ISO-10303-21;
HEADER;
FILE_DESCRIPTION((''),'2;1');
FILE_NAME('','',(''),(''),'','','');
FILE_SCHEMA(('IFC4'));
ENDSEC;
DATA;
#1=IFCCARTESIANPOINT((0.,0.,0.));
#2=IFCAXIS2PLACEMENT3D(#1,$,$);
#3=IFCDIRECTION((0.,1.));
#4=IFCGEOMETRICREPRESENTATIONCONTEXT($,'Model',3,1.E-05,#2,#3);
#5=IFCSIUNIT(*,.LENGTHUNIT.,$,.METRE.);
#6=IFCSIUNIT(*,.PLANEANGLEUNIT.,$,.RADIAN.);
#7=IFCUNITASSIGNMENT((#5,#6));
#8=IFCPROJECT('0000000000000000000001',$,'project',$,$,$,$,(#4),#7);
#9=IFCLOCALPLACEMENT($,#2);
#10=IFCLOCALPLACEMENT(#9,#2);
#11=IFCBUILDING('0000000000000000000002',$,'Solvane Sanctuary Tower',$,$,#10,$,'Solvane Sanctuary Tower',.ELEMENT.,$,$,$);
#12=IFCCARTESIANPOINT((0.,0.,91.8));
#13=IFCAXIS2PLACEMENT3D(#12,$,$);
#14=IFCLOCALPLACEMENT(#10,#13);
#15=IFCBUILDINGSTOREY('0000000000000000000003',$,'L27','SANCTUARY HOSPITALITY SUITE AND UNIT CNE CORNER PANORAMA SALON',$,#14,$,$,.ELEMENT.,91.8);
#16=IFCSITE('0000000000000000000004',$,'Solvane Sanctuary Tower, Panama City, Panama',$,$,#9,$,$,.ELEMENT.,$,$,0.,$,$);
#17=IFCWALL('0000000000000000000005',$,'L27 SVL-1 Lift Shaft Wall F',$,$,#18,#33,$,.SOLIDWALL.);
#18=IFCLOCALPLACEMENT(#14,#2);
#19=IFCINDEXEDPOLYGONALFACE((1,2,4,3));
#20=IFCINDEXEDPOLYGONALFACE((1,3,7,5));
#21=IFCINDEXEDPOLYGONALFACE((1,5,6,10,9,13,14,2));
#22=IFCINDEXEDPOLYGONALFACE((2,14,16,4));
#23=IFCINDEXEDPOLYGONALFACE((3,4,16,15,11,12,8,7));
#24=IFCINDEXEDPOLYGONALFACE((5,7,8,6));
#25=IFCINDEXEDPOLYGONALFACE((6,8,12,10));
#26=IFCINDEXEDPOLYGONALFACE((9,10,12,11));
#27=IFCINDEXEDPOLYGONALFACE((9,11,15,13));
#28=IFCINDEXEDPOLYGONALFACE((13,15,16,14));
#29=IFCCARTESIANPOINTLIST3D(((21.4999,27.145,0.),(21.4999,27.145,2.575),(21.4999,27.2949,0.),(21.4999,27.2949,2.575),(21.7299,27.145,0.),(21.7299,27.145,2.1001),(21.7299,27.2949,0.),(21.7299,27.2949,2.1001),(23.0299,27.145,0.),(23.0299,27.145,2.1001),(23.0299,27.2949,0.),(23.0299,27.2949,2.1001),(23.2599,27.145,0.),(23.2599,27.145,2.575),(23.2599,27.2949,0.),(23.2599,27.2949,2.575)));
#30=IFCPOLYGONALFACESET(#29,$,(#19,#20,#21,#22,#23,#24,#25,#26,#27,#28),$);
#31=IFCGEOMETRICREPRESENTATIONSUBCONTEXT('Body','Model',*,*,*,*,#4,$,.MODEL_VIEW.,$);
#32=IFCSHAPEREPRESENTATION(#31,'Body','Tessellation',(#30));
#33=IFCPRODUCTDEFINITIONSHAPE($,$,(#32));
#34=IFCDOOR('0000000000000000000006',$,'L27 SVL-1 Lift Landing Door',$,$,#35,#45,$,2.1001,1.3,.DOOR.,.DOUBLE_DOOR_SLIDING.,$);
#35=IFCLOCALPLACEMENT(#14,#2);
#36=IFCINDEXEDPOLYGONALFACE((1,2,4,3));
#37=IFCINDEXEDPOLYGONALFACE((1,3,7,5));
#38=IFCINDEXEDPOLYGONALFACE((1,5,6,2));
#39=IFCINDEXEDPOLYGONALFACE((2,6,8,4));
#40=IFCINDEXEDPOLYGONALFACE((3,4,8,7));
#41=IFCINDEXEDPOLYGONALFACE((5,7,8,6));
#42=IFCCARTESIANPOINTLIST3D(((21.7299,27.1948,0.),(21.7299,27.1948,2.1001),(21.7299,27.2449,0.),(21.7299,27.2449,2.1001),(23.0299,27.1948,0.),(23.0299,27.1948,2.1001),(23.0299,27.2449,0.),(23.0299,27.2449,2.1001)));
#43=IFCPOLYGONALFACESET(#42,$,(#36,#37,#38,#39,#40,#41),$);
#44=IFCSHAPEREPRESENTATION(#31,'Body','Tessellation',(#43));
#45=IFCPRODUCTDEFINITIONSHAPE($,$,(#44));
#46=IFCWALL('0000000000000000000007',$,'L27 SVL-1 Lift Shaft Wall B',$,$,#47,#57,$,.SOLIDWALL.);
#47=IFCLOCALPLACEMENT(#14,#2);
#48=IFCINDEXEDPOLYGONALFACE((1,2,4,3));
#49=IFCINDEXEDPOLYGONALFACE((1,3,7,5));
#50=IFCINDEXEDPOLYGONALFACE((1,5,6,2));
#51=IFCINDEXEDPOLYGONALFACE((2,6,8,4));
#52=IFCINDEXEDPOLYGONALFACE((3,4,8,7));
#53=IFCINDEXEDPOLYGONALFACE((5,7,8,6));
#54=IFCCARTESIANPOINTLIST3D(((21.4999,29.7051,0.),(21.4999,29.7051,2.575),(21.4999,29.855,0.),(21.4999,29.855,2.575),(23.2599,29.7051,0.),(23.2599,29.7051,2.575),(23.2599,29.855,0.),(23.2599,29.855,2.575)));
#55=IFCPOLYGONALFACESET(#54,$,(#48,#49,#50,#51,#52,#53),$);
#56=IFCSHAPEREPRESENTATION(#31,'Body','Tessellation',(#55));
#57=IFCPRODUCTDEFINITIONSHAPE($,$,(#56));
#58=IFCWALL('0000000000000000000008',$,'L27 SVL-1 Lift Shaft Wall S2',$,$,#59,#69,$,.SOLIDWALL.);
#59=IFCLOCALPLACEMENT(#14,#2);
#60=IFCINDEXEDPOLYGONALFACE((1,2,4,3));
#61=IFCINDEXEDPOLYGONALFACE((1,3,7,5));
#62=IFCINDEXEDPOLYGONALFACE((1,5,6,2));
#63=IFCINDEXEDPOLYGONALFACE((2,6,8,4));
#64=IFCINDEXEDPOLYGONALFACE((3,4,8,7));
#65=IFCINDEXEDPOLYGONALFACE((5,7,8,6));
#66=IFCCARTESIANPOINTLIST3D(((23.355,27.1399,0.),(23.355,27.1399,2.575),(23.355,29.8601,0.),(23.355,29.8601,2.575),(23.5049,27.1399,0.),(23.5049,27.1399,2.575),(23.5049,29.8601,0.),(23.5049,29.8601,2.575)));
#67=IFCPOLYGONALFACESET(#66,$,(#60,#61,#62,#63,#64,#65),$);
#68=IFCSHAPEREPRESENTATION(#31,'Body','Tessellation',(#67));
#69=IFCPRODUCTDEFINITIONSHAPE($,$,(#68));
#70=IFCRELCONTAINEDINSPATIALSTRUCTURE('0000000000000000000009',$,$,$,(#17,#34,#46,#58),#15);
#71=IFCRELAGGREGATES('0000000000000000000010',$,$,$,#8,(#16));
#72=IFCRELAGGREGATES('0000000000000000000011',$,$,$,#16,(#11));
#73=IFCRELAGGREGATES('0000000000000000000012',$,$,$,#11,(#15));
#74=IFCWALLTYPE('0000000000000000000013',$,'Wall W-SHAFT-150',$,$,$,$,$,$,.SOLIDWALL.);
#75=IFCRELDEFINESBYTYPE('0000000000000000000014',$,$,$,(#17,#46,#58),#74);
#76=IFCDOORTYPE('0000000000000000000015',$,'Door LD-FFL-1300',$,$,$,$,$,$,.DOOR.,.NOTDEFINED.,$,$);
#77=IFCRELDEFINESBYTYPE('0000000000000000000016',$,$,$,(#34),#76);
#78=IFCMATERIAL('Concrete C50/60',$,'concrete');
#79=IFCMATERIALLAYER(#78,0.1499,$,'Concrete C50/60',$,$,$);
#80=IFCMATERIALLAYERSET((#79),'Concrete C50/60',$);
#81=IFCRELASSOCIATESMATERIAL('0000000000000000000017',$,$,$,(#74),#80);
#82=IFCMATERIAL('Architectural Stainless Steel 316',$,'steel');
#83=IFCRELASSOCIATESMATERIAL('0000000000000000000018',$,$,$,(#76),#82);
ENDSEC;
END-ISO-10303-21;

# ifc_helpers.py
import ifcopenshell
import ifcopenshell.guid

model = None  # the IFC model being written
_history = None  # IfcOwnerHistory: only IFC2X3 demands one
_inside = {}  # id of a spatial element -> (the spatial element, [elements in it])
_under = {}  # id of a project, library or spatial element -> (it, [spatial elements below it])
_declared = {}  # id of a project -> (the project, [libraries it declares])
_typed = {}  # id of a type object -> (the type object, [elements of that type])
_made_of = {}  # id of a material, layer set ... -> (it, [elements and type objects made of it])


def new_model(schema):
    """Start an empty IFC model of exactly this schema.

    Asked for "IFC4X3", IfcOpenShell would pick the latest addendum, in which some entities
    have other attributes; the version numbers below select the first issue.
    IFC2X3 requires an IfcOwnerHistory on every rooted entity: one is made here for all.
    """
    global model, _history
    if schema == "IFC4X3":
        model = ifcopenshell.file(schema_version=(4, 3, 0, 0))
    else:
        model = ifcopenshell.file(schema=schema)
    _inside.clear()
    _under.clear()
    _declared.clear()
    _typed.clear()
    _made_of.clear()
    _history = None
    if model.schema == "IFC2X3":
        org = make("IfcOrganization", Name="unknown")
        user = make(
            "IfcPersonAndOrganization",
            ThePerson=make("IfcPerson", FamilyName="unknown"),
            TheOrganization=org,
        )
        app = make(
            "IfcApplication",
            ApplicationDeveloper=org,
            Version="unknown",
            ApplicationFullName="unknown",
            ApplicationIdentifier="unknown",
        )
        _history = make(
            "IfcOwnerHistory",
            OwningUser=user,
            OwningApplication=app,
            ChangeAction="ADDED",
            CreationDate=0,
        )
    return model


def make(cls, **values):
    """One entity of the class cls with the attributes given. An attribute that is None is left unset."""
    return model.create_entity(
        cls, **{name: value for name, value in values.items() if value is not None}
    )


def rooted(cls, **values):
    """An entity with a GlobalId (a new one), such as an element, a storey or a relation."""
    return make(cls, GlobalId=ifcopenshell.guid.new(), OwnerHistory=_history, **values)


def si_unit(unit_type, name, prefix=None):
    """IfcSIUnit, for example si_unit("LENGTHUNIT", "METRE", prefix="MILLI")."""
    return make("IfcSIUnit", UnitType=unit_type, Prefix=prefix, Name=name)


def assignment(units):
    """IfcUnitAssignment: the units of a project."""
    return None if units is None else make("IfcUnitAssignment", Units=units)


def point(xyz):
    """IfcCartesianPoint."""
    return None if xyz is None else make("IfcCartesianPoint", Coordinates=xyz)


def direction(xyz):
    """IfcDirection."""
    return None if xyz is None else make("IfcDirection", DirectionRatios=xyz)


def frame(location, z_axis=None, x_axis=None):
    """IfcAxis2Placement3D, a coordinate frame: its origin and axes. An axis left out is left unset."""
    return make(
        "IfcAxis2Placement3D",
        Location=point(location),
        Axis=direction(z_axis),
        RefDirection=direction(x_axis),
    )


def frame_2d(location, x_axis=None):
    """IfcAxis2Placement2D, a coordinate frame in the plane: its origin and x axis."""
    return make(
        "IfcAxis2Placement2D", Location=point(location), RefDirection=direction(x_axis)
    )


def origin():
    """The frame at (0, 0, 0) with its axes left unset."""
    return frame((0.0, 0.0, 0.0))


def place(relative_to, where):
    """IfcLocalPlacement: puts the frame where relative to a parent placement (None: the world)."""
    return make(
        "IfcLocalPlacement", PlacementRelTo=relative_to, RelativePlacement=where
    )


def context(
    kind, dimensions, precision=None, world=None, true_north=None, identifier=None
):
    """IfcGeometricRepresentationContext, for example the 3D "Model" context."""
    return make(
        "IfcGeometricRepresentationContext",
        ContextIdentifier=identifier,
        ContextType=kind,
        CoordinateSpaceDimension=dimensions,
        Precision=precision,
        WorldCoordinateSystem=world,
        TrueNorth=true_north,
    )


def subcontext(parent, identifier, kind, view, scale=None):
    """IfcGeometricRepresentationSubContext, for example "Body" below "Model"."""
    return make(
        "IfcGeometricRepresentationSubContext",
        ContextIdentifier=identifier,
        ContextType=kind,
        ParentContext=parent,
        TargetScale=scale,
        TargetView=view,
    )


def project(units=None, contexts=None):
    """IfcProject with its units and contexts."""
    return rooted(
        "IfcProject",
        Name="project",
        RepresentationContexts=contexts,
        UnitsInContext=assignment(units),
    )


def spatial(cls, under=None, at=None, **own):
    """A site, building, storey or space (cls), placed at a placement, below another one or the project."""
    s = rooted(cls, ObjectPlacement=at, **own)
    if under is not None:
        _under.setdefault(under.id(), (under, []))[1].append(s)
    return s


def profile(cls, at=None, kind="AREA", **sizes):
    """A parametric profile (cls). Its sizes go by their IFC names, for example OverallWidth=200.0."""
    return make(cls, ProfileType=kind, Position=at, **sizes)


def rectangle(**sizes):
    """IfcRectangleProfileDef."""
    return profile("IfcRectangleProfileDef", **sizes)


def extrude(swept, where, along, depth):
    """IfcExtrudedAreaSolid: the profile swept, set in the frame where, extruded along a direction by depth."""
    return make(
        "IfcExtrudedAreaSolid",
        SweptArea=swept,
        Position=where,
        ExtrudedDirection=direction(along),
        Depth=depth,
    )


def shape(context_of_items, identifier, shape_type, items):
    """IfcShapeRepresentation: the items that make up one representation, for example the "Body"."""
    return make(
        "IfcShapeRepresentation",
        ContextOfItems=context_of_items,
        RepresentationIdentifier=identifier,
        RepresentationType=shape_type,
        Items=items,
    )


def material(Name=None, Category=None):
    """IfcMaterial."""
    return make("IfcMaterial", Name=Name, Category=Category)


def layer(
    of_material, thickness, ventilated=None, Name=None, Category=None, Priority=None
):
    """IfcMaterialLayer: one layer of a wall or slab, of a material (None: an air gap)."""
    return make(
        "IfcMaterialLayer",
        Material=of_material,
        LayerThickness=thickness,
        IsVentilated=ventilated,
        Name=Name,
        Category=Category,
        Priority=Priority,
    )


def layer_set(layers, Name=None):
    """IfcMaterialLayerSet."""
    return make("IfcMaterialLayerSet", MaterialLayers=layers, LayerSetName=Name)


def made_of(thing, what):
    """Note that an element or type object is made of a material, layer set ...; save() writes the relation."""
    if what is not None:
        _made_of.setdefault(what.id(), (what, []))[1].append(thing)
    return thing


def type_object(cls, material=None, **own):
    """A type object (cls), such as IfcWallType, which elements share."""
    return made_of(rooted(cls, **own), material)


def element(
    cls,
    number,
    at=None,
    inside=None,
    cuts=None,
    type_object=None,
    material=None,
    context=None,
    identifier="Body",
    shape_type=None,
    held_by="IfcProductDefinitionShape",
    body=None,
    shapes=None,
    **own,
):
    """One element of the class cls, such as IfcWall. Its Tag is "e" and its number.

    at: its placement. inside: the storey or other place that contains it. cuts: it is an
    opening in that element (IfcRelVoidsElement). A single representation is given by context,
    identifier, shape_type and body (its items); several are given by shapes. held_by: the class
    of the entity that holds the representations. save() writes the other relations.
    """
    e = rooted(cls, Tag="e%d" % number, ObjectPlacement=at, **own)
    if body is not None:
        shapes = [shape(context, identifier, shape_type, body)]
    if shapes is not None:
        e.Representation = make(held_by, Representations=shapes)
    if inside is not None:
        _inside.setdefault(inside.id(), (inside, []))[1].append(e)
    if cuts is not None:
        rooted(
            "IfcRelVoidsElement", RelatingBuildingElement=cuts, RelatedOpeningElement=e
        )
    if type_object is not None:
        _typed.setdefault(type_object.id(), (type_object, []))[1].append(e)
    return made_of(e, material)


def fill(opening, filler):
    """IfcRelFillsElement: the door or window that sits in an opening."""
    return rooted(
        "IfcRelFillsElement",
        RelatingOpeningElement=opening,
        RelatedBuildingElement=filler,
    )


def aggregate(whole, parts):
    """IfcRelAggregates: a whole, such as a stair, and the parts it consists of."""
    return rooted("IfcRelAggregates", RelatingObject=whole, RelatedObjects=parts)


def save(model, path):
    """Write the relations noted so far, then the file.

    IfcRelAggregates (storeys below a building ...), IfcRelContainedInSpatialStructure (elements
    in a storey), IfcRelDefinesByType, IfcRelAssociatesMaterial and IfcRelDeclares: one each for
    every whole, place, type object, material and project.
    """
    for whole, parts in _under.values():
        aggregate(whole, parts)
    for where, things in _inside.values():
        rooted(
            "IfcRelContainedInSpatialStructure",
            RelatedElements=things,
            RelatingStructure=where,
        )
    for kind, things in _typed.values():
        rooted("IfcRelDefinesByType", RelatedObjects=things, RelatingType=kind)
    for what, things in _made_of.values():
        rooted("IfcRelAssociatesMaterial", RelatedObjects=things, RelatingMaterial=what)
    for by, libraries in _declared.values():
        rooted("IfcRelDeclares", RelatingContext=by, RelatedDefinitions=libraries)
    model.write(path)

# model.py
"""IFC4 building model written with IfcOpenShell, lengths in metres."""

from ifc_helpers import new_model, si_unit, direction, frame, frame_2d, origin, place, context, subcontext, project, spatial, rectangle, extrude, material, layer, layer_set, type_object, element, fill, save


model = new_model("IFC4")

# Units and contexts
model_context = context("Model", 3, precision=1e-05, world=origin(), true_north=direction((0.0, 1.0)))
body_context = subcontext(model_context, "Body", "Model", "MODEL_VIEW")
ifc_project = project(units=[si_unit("LENGTHUNIT", "METRE"), si_unit("PLANEANGLEUNIT", "RADIAN")], contexts=[model_context])

# Site, building, storey
site_placement = place(None, origin())
site = spatial("IfcSite", under=ifc_project, at=site_placement, Name="Solvane Sanctuary Tower, Panama City, Panama", CompositionType="ELEMENT", RefElevation=0.0)
building_placement = place(site_placement, origin())
building = spatial("IfcBuilding", under=site, at=building_placement, Name="Solvane Sanctuary Tower", LongName="Solvane Sanctuary Tower", CompositionType="ELEMENT")
storey_placement = place(building_placement, frame((0.0, 0.0, 91.8)))
storey = spatial("IfcBuildingStorey", under=building, at=storey_placement, Name="L27", Description="SANCTUARY HOSPITALITY SUITE AND UNIT CNE CORNER PANORAMA SALON", CompositionType="ELEMENT", Elevation=91.8)

# Shared definitions
ifc_material_1 = material(Name="Architectural Stainless Steel 316", Category="steel")

# Shared definitions
ifc_material_2 = material(Name="Concrete C50/60", Category="concrete")
ifc_layer_1 = layer(ifc_material_2, 0.1499, Name="Concrete C50/60")
ifc_layer_set_1 = layer_set([ifc_layer_1], Name="Concrete C50/60")
wall_type_1 = type_object("IfcWallType", Name="Wall W-SHAFT-150", PredefinedType="SOLIDWALL", material=ifc_layer_set_1)

# Wall, opening, door
wall_1_placement = place(storey_placement, frame((21.5, 27.22, 0.0), z_axis=(0.0, 0.0, 1.0), x_axis=(1.0, 0.0, 0.0)))
wall_1 = element("IfcWall", 1, at=wall_1_placement, inside=storey, type_object=wall_type_1, Name="L27 SVL-1 Lift Shaft Wall F", PredefinedType="SOLIDWALL", context=body_context, shape_type="SweptSolid", body=[
    extrude(rectangle(XDim=1.76, YDim=0.1499, at=frame_2d((0.8799, 0.0))), origin(), (0.0, 0.0, 1.0), 2.575),
])
opening_1_placement = place(wall_1_placement, frame((0.23, 0.0, 0.0)))
opening_1 = element("IfcOpeningElement", 2, at=opening_1_placement, cuts=wall_1, PredefinedType="OPENING", context=body_context, shape_type="SweptSolid", body=[
    extrude(rectangle(XDim=1.3, YDim=2.1001, at=frame_2d((0.6499, 1.05))), frame((0.0, 0.085, 0.0), z_axis=(0.0, -1.0, 0.0), x_axis=(1.0, 0.0, 0.0)), (0.0, 0.0, 1.0), 0.1699),
])
door_type_1 = type_object("IfcDoorType", Name="Door LD-FFL-1300", OperationType="NOTDEFINED", PredefinedType="DOOR", material=ifc_material_1)
door_1_placement = place(opening_1_placement, origin())
door_1 = element("IfcDoor", 3, at=door_1_placement, inside=storey, type_object=door_type_1, Name="L27 SVL-1 Lift Landing Door", OperationType="DOUBLE_DOOR_SLIDING", OverallHeight=2.1001, OverallWidth=1.3, PredefinedType="DOOR", context=body_context, shape_type="SweptSolid", body=[
    extrude(rectangle(XDim=1.3, YDim=2.1001, at=frame_2d((0.6499, 1.05))), frame((0.0, 0.0249, 0.0), z_axis=(0.0, -1.0, 0.0), x_axis=(1.0, 0.0, 0.0)), (0.0, 0.0, 1.0), 0.05),
])
fill(opening_1, door_1)

# Walls
wall_2_placement = place(storey_placement, frame((21.5, 29.78, 0.0), z_axis=(0.0, 0.0, 1.0), x_axis=(1.0, 0.0, 0.0)))
element("IfcWall", 4, at=wall_2_placement, inside=storey, type_object=wall_type_1, Name="L27 SVL-1 Lift Shaft Wall B", PredefinedType="SOLIDWALL", context=body_context, shape_type="SweptSolid", body=[
    extrude(rectangle(XDim=1.76, YDim=0.1499, at=frame_2d((0.8799, 0.0))), origin(), (0.0, 0.0, 1.0), 2.575),
])
wall_3_placement = place(storey_placement, frame((23.4299, 27.1399, 0.0), z_axis=(0.0, 0.0, 1.0), x_axis=(0.0, 1.0, 0.0)))
element("IfcWall", 5, at=wall_3_placement, inside=storey, type_object=wall_type_1, Name="L27 SVL-1 Lift Shaft Wall S2", PredefinedType="SOLIDWALL", context=body_context, shape_type="SweptSolid", body=[
    extrude(rectangle(XDim=2.7202, YDim=0.1499, at=frame_2d((1.3601, 0.0))), origin(), (0.0, 0.0, 1.0), 2.575),
])

save(model, "model.ifc")
